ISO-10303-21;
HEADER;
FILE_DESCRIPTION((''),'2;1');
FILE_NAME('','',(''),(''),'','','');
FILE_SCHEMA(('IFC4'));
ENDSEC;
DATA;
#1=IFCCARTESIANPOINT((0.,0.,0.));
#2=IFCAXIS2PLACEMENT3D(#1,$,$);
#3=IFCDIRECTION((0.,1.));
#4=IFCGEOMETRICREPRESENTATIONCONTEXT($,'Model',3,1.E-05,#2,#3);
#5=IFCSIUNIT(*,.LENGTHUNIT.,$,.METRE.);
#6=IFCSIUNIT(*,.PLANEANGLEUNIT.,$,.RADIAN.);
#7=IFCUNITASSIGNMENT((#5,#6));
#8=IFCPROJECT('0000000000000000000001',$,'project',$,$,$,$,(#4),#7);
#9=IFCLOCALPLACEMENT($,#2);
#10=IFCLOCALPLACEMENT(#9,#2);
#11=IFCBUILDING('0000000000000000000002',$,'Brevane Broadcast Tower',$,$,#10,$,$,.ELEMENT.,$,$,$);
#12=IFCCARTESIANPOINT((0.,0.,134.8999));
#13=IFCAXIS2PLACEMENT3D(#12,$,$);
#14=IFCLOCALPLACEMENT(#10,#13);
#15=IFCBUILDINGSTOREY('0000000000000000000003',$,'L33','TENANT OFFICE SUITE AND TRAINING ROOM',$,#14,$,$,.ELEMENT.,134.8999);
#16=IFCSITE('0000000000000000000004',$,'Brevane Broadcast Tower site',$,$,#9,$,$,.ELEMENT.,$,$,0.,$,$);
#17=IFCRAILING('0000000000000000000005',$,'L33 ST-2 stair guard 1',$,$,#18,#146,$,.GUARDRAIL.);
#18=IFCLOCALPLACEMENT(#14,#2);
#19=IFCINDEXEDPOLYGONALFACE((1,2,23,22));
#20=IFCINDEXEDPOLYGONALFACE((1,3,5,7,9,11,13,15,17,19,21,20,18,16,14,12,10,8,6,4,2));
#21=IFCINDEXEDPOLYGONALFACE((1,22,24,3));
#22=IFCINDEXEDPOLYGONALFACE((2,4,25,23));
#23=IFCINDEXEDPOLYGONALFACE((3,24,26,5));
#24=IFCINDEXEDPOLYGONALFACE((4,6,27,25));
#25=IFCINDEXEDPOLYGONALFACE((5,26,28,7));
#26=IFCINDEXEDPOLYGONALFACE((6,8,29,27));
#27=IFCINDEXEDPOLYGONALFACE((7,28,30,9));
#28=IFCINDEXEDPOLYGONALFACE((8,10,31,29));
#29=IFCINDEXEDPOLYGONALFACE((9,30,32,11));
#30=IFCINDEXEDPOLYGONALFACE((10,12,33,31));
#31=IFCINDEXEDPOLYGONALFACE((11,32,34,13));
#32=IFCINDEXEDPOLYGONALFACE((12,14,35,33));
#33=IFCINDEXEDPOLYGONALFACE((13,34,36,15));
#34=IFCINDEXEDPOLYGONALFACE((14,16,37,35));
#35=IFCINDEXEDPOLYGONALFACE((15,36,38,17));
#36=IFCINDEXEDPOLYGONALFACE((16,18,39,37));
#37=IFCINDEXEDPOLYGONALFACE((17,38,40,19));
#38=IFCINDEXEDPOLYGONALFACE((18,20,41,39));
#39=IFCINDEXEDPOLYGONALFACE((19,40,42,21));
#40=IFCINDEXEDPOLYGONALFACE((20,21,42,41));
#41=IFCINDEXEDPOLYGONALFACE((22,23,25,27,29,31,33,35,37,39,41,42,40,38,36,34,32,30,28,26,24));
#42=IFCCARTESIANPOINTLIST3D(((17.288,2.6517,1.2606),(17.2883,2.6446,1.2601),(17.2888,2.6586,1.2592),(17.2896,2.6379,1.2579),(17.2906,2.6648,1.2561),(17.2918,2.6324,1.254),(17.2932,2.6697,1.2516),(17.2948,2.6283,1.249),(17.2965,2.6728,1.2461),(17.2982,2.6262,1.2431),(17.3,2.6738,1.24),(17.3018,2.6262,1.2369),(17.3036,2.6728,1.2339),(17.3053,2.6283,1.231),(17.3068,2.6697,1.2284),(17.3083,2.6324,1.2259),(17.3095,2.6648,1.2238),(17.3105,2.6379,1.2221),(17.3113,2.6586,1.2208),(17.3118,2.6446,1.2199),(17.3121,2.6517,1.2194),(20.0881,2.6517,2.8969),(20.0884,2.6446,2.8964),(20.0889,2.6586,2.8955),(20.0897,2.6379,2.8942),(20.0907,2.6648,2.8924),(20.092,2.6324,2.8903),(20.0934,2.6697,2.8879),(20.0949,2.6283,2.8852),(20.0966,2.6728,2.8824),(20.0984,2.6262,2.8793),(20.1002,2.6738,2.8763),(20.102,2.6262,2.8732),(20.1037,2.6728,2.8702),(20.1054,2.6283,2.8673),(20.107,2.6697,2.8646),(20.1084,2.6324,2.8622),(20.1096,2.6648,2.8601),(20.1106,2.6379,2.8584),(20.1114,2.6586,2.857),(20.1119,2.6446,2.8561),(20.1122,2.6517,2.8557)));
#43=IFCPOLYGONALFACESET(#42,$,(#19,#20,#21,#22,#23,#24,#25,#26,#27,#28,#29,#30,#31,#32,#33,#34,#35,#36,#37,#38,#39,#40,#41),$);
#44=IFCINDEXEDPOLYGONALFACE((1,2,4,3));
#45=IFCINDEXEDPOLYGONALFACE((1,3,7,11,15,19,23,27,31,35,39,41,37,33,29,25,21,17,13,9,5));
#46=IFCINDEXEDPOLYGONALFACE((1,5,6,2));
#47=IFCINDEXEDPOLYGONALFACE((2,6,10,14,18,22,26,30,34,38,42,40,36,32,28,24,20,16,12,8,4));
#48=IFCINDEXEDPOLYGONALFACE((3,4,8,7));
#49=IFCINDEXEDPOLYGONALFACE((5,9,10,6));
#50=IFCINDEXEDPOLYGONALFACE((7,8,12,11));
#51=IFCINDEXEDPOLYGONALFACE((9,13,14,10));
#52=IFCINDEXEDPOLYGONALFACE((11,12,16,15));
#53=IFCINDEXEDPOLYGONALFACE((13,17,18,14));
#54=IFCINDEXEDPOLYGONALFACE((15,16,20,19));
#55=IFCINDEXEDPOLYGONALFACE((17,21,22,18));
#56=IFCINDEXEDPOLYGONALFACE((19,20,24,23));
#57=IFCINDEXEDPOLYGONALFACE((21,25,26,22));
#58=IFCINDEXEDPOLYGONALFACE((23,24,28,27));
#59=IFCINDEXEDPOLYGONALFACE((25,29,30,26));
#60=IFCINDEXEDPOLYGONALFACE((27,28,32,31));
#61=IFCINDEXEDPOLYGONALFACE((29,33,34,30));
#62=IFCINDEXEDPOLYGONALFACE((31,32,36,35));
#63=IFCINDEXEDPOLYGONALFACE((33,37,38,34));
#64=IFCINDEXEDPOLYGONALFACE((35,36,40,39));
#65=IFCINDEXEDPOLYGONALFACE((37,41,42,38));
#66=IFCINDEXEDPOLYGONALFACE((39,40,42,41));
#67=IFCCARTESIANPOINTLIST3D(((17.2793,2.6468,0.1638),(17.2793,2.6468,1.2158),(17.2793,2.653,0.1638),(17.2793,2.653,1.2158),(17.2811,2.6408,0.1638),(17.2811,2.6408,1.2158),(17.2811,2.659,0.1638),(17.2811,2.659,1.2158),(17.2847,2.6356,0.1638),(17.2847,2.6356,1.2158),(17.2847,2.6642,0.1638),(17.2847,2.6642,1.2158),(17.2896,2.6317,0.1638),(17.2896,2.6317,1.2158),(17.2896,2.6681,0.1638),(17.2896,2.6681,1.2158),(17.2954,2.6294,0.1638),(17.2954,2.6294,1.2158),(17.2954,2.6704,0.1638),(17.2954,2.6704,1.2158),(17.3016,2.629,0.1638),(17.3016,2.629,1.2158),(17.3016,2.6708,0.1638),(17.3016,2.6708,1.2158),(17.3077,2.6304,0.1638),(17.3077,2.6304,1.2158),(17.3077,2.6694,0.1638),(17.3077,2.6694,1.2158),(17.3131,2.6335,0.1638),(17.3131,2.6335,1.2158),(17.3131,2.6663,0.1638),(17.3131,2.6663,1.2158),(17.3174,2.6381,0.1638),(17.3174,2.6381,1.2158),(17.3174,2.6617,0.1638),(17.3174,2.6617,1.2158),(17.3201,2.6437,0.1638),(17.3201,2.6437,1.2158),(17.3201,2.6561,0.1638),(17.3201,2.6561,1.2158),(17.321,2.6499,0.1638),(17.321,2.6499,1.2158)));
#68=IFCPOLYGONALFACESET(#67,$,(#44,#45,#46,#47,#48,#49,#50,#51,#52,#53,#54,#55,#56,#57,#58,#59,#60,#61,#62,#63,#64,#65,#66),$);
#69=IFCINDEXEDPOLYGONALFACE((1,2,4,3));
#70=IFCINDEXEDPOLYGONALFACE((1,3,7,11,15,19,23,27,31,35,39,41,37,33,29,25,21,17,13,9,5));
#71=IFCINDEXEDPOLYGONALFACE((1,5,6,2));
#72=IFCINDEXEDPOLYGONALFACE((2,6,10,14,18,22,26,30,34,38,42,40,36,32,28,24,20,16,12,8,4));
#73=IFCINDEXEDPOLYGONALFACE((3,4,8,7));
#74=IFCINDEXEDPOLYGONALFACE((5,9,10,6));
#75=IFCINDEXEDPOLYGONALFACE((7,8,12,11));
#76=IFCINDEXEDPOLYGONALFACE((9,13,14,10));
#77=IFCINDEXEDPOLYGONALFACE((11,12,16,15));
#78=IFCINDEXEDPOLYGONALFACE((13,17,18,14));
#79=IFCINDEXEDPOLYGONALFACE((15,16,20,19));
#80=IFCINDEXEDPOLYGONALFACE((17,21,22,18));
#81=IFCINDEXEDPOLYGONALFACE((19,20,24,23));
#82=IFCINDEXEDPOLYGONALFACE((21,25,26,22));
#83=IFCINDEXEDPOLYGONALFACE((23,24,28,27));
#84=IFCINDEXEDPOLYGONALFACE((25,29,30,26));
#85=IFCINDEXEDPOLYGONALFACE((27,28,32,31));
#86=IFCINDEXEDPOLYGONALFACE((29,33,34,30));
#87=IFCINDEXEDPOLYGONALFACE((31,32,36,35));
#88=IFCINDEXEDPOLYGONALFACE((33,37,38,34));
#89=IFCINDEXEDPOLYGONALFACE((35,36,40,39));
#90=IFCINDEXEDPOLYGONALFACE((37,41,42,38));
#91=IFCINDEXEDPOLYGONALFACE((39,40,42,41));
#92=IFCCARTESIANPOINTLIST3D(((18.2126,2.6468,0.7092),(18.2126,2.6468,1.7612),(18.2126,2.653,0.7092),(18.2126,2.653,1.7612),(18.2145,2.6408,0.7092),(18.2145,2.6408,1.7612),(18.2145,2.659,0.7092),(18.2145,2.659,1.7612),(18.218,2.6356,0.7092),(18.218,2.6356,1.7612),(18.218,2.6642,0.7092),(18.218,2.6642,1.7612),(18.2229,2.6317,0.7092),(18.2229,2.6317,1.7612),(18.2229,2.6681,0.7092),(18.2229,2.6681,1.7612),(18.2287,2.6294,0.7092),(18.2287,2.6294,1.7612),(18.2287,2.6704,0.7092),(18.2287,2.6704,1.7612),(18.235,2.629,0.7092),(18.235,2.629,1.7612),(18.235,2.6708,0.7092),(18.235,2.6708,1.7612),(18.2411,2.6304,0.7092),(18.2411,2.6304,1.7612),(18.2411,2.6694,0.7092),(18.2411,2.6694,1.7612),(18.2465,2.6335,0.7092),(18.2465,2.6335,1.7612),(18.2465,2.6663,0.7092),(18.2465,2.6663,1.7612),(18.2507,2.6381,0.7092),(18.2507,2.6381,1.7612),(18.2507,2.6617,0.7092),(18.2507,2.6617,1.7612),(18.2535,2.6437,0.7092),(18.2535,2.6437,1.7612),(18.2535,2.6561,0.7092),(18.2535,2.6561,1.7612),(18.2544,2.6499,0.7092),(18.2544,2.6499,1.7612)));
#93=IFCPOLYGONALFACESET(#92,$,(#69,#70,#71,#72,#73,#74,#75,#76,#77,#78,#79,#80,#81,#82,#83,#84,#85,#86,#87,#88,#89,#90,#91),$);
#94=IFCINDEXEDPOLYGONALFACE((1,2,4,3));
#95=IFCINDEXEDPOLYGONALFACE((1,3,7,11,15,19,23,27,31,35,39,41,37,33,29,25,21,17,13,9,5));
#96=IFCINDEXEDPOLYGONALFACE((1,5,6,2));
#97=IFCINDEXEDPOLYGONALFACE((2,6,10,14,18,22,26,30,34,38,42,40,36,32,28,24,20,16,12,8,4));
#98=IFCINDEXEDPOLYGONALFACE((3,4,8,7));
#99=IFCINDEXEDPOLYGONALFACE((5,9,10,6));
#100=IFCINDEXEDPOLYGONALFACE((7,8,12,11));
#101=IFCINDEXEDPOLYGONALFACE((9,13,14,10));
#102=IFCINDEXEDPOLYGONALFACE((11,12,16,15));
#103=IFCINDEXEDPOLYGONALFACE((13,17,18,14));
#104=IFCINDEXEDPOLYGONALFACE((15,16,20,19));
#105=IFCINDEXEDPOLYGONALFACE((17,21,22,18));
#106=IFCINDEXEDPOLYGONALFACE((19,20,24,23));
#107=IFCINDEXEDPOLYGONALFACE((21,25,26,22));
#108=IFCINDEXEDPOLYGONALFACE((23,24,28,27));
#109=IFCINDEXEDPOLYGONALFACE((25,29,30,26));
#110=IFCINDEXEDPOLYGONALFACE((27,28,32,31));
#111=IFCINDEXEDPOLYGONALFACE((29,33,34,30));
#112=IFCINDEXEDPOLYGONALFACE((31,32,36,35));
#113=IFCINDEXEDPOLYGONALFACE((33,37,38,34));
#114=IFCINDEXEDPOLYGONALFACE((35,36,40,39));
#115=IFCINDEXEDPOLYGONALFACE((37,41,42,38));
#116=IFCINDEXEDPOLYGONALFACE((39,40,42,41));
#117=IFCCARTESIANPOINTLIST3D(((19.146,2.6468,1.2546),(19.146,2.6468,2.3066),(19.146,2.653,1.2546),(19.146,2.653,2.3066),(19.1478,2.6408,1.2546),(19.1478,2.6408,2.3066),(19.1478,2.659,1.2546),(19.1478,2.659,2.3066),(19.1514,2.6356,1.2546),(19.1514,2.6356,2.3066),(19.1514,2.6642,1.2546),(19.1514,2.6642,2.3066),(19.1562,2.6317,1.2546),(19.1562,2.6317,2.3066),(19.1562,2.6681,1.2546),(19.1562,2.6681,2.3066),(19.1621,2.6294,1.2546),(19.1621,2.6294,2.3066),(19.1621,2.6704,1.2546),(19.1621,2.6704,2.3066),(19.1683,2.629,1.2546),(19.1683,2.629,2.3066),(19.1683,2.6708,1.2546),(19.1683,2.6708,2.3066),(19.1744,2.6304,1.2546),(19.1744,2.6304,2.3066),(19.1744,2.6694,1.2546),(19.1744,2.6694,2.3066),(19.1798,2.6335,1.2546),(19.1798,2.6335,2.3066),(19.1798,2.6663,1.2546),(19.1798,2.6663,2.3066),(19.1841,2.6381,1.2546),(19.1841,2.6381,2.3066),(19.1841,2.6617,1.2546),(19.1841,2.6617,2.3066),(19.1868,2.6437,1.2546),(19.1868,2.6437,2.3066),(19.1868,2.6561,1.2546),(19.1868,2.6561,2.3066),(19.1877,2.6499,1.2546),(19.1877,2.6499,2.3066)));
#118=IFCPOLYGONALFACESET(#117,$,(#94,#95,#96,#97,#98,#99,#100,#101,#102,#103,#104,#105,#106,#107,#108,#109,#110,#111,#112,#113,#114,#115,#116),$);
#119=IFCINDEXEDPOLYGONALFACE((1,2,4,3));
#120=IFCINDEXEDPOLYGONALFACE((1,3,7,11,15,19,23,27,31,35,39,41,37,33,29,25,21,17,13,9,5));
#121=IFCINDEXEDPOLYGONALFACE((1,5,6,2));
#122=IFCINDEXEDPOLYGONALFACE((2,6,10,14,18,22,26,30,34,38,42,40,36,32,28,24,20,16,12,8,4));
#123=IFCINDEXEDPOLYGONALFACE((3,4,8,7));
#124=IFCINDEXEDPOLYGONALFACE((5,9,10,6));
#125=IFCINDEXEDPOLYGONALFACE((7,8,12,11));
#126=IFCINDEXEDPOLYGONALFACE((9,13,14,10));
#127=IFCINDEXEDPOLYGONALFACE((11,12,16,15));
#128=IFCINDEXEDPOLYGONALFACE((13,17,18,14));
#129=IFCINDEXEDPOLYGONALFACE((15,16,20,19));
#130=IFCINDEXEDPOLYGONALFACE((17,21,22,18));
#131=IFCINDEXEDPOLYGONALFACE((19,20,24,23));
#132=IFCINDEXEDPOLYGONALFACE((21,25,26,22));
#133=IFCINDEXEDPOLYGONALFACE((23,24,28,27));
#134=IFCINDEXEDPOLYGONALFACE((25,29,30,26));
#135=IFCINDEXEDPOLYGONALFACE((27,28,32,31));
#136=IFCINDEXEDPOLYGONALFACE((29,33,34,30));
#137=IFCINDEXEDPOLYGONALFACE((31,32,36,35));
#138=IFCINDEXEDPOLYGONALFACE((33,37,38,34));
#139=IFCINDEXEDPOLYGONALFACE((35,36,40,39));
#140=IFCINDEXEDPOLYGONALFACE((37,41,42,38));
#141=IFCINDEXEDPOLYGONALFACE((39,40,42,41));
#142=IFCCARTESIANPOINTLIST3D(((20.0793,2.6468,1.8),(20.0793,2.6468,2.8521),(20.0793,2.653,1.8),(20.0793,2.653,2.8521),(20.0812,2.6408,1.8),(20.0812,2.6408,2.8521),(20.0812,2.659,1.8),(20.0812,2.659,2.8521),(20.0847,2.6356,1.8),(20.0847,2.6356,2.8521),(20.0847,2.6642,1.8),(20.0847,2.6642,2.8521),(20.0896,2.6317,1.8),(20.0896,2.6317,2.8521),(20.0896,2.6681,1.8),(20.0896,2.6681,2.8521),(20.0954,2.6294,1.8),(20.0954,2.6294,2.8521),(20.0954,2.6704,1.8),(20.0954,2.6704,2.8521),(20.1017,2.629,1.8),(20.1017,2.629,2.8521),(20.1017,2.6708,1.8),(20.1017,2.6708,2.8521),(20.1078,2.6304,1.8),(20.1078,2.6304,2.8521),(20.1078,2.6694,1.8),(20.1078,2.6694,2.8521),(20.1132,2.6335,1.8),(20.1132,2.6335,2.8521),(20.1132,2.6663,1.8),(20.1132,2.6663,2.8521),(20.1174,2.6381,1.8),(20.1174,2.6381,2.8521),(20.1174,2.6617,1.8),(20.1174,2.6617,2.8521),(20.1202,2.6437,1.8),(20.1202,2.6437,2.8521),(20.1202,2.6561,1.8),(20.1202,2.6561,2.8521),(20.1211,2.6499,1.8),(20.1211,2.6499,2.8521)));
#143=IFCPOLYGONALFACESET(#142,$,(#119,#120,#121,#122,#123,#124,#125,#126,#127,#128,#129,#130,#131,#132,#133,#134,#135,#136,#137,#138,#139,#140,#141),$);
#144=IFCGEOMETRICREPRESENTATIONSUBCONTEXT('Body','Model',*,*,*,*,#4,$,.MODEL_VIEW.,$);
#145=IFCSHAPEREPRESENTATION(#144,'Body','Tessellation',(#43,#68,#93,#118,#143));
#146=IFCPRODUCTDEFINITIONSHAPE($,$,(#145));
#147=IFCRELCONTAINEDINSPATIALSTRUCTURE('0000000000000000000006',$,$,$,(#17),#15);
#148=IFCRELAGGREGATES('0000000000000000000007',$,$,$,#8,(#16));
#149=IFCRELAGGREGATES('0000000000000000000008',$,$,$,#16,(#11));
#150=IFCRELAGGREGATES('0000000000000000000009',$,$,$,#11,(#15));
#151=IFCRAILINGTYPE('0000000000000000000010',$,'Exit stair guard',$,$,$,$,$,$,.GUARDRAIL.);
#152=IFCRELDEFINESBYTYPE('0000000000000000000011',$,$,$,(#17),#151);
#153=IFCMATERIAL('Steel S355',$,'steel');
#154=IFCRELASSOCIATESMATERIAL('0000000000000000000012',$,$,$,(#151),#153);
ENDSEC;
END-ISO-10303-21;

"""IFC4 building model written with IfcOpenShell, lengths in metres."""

from ifc_helpers import new_model, si_unit, direction, frame, origin, origin_2d, place, context, subcontext, project, spatial, circle, extrude, material, type_object, element, save


model = new_model("IFC4")

# Units and contexts
model_context = context("Model", 3, precision=1e-05, world=origin(), true_north=direction((0.0, 1.0)))
body_context = subcontext(model_context, "Body", "Model", "MODEL_VIEW")
ifc_project = project(units=[si_unit("LENGTHUNIT", "METRE"), si_unit("PLANEANGLEUNIT", "RADIAN")], contexts=[model_context])

# Site, building, storey
site_placement = place(None, origin())
site = spatial("IfcSite", under=ifc_project, at=site_placement, Name="Brevane Broadcast Tower site", CompositionType="ELEMENT", RefElevation=0.0)
building_placement = place(site_placement, origin())
building = spatial("IfcBuilding", under=site, at=building_placement, Name="Brevane Broadcast Tower", CompositionType="ELEMENT")
storey_placement = place(building_placement, frame((0.0, 0.0, 134.8999)))
storey = spatial("IfcBuildingStorey", under=building, at=storey_placement, Name="L33", Description="TENANT OFFICE SUITE AND TRAINING ROOM", CompositionType="ELEMENT", Elevation=134.8999)

# Railing
ifc_material_1 = material(Name="Steel S355", Category="steel")
railing_type = type_object("IfcRailingType", Name="Exit stair guard", PredefinedType="GUARDRAIL", material=ifc_material_1)
railing_1_placement = place(storey_placement, frame((17.3, 2.6499, 0.1638)))
element("IfcRailing", 1, at=railing_1_placement, inside=storey, type_object=railing_type, Name="L33 ST-2 stair guard 1", PredefinedType="GUARDRAIL", context=body_context, shape_type="SweptSolid", body=[
    extrude(circle(Radius=0.0239, at=origin_2d()), frame((0.0, 0.0, 1.0762), z_axis=(0.863394, 0.0, 0.504531), x_axis=(0.0, 1.0, 0.0)), (0.0, 0.0, 1.0), 3.2432),
    extrude(circle(Radius=0.021, at=origin_2d()), origin(), (0.0, 0.0, 1.0), 1.052),
    extrude(circle(Radius=0.021, at=origin_2d()), frame((0.9333, 0.0, 0.5454)), (0.0, 0.0, 1.0), 1.052),
    extrude(circle(Radius=0.021, at=origin_2d()), frame((1.8667, 0.0, 1.0908)), (0.0, 0.0, 1.0), 1.052),
    extrude(circle(Radius=0.021, at=origin_2d()), frame((2.8, 0.0, 1.6362)), (0.0, 0.0, 1.0), 1.052),
])

save(model, "model.ifc")
